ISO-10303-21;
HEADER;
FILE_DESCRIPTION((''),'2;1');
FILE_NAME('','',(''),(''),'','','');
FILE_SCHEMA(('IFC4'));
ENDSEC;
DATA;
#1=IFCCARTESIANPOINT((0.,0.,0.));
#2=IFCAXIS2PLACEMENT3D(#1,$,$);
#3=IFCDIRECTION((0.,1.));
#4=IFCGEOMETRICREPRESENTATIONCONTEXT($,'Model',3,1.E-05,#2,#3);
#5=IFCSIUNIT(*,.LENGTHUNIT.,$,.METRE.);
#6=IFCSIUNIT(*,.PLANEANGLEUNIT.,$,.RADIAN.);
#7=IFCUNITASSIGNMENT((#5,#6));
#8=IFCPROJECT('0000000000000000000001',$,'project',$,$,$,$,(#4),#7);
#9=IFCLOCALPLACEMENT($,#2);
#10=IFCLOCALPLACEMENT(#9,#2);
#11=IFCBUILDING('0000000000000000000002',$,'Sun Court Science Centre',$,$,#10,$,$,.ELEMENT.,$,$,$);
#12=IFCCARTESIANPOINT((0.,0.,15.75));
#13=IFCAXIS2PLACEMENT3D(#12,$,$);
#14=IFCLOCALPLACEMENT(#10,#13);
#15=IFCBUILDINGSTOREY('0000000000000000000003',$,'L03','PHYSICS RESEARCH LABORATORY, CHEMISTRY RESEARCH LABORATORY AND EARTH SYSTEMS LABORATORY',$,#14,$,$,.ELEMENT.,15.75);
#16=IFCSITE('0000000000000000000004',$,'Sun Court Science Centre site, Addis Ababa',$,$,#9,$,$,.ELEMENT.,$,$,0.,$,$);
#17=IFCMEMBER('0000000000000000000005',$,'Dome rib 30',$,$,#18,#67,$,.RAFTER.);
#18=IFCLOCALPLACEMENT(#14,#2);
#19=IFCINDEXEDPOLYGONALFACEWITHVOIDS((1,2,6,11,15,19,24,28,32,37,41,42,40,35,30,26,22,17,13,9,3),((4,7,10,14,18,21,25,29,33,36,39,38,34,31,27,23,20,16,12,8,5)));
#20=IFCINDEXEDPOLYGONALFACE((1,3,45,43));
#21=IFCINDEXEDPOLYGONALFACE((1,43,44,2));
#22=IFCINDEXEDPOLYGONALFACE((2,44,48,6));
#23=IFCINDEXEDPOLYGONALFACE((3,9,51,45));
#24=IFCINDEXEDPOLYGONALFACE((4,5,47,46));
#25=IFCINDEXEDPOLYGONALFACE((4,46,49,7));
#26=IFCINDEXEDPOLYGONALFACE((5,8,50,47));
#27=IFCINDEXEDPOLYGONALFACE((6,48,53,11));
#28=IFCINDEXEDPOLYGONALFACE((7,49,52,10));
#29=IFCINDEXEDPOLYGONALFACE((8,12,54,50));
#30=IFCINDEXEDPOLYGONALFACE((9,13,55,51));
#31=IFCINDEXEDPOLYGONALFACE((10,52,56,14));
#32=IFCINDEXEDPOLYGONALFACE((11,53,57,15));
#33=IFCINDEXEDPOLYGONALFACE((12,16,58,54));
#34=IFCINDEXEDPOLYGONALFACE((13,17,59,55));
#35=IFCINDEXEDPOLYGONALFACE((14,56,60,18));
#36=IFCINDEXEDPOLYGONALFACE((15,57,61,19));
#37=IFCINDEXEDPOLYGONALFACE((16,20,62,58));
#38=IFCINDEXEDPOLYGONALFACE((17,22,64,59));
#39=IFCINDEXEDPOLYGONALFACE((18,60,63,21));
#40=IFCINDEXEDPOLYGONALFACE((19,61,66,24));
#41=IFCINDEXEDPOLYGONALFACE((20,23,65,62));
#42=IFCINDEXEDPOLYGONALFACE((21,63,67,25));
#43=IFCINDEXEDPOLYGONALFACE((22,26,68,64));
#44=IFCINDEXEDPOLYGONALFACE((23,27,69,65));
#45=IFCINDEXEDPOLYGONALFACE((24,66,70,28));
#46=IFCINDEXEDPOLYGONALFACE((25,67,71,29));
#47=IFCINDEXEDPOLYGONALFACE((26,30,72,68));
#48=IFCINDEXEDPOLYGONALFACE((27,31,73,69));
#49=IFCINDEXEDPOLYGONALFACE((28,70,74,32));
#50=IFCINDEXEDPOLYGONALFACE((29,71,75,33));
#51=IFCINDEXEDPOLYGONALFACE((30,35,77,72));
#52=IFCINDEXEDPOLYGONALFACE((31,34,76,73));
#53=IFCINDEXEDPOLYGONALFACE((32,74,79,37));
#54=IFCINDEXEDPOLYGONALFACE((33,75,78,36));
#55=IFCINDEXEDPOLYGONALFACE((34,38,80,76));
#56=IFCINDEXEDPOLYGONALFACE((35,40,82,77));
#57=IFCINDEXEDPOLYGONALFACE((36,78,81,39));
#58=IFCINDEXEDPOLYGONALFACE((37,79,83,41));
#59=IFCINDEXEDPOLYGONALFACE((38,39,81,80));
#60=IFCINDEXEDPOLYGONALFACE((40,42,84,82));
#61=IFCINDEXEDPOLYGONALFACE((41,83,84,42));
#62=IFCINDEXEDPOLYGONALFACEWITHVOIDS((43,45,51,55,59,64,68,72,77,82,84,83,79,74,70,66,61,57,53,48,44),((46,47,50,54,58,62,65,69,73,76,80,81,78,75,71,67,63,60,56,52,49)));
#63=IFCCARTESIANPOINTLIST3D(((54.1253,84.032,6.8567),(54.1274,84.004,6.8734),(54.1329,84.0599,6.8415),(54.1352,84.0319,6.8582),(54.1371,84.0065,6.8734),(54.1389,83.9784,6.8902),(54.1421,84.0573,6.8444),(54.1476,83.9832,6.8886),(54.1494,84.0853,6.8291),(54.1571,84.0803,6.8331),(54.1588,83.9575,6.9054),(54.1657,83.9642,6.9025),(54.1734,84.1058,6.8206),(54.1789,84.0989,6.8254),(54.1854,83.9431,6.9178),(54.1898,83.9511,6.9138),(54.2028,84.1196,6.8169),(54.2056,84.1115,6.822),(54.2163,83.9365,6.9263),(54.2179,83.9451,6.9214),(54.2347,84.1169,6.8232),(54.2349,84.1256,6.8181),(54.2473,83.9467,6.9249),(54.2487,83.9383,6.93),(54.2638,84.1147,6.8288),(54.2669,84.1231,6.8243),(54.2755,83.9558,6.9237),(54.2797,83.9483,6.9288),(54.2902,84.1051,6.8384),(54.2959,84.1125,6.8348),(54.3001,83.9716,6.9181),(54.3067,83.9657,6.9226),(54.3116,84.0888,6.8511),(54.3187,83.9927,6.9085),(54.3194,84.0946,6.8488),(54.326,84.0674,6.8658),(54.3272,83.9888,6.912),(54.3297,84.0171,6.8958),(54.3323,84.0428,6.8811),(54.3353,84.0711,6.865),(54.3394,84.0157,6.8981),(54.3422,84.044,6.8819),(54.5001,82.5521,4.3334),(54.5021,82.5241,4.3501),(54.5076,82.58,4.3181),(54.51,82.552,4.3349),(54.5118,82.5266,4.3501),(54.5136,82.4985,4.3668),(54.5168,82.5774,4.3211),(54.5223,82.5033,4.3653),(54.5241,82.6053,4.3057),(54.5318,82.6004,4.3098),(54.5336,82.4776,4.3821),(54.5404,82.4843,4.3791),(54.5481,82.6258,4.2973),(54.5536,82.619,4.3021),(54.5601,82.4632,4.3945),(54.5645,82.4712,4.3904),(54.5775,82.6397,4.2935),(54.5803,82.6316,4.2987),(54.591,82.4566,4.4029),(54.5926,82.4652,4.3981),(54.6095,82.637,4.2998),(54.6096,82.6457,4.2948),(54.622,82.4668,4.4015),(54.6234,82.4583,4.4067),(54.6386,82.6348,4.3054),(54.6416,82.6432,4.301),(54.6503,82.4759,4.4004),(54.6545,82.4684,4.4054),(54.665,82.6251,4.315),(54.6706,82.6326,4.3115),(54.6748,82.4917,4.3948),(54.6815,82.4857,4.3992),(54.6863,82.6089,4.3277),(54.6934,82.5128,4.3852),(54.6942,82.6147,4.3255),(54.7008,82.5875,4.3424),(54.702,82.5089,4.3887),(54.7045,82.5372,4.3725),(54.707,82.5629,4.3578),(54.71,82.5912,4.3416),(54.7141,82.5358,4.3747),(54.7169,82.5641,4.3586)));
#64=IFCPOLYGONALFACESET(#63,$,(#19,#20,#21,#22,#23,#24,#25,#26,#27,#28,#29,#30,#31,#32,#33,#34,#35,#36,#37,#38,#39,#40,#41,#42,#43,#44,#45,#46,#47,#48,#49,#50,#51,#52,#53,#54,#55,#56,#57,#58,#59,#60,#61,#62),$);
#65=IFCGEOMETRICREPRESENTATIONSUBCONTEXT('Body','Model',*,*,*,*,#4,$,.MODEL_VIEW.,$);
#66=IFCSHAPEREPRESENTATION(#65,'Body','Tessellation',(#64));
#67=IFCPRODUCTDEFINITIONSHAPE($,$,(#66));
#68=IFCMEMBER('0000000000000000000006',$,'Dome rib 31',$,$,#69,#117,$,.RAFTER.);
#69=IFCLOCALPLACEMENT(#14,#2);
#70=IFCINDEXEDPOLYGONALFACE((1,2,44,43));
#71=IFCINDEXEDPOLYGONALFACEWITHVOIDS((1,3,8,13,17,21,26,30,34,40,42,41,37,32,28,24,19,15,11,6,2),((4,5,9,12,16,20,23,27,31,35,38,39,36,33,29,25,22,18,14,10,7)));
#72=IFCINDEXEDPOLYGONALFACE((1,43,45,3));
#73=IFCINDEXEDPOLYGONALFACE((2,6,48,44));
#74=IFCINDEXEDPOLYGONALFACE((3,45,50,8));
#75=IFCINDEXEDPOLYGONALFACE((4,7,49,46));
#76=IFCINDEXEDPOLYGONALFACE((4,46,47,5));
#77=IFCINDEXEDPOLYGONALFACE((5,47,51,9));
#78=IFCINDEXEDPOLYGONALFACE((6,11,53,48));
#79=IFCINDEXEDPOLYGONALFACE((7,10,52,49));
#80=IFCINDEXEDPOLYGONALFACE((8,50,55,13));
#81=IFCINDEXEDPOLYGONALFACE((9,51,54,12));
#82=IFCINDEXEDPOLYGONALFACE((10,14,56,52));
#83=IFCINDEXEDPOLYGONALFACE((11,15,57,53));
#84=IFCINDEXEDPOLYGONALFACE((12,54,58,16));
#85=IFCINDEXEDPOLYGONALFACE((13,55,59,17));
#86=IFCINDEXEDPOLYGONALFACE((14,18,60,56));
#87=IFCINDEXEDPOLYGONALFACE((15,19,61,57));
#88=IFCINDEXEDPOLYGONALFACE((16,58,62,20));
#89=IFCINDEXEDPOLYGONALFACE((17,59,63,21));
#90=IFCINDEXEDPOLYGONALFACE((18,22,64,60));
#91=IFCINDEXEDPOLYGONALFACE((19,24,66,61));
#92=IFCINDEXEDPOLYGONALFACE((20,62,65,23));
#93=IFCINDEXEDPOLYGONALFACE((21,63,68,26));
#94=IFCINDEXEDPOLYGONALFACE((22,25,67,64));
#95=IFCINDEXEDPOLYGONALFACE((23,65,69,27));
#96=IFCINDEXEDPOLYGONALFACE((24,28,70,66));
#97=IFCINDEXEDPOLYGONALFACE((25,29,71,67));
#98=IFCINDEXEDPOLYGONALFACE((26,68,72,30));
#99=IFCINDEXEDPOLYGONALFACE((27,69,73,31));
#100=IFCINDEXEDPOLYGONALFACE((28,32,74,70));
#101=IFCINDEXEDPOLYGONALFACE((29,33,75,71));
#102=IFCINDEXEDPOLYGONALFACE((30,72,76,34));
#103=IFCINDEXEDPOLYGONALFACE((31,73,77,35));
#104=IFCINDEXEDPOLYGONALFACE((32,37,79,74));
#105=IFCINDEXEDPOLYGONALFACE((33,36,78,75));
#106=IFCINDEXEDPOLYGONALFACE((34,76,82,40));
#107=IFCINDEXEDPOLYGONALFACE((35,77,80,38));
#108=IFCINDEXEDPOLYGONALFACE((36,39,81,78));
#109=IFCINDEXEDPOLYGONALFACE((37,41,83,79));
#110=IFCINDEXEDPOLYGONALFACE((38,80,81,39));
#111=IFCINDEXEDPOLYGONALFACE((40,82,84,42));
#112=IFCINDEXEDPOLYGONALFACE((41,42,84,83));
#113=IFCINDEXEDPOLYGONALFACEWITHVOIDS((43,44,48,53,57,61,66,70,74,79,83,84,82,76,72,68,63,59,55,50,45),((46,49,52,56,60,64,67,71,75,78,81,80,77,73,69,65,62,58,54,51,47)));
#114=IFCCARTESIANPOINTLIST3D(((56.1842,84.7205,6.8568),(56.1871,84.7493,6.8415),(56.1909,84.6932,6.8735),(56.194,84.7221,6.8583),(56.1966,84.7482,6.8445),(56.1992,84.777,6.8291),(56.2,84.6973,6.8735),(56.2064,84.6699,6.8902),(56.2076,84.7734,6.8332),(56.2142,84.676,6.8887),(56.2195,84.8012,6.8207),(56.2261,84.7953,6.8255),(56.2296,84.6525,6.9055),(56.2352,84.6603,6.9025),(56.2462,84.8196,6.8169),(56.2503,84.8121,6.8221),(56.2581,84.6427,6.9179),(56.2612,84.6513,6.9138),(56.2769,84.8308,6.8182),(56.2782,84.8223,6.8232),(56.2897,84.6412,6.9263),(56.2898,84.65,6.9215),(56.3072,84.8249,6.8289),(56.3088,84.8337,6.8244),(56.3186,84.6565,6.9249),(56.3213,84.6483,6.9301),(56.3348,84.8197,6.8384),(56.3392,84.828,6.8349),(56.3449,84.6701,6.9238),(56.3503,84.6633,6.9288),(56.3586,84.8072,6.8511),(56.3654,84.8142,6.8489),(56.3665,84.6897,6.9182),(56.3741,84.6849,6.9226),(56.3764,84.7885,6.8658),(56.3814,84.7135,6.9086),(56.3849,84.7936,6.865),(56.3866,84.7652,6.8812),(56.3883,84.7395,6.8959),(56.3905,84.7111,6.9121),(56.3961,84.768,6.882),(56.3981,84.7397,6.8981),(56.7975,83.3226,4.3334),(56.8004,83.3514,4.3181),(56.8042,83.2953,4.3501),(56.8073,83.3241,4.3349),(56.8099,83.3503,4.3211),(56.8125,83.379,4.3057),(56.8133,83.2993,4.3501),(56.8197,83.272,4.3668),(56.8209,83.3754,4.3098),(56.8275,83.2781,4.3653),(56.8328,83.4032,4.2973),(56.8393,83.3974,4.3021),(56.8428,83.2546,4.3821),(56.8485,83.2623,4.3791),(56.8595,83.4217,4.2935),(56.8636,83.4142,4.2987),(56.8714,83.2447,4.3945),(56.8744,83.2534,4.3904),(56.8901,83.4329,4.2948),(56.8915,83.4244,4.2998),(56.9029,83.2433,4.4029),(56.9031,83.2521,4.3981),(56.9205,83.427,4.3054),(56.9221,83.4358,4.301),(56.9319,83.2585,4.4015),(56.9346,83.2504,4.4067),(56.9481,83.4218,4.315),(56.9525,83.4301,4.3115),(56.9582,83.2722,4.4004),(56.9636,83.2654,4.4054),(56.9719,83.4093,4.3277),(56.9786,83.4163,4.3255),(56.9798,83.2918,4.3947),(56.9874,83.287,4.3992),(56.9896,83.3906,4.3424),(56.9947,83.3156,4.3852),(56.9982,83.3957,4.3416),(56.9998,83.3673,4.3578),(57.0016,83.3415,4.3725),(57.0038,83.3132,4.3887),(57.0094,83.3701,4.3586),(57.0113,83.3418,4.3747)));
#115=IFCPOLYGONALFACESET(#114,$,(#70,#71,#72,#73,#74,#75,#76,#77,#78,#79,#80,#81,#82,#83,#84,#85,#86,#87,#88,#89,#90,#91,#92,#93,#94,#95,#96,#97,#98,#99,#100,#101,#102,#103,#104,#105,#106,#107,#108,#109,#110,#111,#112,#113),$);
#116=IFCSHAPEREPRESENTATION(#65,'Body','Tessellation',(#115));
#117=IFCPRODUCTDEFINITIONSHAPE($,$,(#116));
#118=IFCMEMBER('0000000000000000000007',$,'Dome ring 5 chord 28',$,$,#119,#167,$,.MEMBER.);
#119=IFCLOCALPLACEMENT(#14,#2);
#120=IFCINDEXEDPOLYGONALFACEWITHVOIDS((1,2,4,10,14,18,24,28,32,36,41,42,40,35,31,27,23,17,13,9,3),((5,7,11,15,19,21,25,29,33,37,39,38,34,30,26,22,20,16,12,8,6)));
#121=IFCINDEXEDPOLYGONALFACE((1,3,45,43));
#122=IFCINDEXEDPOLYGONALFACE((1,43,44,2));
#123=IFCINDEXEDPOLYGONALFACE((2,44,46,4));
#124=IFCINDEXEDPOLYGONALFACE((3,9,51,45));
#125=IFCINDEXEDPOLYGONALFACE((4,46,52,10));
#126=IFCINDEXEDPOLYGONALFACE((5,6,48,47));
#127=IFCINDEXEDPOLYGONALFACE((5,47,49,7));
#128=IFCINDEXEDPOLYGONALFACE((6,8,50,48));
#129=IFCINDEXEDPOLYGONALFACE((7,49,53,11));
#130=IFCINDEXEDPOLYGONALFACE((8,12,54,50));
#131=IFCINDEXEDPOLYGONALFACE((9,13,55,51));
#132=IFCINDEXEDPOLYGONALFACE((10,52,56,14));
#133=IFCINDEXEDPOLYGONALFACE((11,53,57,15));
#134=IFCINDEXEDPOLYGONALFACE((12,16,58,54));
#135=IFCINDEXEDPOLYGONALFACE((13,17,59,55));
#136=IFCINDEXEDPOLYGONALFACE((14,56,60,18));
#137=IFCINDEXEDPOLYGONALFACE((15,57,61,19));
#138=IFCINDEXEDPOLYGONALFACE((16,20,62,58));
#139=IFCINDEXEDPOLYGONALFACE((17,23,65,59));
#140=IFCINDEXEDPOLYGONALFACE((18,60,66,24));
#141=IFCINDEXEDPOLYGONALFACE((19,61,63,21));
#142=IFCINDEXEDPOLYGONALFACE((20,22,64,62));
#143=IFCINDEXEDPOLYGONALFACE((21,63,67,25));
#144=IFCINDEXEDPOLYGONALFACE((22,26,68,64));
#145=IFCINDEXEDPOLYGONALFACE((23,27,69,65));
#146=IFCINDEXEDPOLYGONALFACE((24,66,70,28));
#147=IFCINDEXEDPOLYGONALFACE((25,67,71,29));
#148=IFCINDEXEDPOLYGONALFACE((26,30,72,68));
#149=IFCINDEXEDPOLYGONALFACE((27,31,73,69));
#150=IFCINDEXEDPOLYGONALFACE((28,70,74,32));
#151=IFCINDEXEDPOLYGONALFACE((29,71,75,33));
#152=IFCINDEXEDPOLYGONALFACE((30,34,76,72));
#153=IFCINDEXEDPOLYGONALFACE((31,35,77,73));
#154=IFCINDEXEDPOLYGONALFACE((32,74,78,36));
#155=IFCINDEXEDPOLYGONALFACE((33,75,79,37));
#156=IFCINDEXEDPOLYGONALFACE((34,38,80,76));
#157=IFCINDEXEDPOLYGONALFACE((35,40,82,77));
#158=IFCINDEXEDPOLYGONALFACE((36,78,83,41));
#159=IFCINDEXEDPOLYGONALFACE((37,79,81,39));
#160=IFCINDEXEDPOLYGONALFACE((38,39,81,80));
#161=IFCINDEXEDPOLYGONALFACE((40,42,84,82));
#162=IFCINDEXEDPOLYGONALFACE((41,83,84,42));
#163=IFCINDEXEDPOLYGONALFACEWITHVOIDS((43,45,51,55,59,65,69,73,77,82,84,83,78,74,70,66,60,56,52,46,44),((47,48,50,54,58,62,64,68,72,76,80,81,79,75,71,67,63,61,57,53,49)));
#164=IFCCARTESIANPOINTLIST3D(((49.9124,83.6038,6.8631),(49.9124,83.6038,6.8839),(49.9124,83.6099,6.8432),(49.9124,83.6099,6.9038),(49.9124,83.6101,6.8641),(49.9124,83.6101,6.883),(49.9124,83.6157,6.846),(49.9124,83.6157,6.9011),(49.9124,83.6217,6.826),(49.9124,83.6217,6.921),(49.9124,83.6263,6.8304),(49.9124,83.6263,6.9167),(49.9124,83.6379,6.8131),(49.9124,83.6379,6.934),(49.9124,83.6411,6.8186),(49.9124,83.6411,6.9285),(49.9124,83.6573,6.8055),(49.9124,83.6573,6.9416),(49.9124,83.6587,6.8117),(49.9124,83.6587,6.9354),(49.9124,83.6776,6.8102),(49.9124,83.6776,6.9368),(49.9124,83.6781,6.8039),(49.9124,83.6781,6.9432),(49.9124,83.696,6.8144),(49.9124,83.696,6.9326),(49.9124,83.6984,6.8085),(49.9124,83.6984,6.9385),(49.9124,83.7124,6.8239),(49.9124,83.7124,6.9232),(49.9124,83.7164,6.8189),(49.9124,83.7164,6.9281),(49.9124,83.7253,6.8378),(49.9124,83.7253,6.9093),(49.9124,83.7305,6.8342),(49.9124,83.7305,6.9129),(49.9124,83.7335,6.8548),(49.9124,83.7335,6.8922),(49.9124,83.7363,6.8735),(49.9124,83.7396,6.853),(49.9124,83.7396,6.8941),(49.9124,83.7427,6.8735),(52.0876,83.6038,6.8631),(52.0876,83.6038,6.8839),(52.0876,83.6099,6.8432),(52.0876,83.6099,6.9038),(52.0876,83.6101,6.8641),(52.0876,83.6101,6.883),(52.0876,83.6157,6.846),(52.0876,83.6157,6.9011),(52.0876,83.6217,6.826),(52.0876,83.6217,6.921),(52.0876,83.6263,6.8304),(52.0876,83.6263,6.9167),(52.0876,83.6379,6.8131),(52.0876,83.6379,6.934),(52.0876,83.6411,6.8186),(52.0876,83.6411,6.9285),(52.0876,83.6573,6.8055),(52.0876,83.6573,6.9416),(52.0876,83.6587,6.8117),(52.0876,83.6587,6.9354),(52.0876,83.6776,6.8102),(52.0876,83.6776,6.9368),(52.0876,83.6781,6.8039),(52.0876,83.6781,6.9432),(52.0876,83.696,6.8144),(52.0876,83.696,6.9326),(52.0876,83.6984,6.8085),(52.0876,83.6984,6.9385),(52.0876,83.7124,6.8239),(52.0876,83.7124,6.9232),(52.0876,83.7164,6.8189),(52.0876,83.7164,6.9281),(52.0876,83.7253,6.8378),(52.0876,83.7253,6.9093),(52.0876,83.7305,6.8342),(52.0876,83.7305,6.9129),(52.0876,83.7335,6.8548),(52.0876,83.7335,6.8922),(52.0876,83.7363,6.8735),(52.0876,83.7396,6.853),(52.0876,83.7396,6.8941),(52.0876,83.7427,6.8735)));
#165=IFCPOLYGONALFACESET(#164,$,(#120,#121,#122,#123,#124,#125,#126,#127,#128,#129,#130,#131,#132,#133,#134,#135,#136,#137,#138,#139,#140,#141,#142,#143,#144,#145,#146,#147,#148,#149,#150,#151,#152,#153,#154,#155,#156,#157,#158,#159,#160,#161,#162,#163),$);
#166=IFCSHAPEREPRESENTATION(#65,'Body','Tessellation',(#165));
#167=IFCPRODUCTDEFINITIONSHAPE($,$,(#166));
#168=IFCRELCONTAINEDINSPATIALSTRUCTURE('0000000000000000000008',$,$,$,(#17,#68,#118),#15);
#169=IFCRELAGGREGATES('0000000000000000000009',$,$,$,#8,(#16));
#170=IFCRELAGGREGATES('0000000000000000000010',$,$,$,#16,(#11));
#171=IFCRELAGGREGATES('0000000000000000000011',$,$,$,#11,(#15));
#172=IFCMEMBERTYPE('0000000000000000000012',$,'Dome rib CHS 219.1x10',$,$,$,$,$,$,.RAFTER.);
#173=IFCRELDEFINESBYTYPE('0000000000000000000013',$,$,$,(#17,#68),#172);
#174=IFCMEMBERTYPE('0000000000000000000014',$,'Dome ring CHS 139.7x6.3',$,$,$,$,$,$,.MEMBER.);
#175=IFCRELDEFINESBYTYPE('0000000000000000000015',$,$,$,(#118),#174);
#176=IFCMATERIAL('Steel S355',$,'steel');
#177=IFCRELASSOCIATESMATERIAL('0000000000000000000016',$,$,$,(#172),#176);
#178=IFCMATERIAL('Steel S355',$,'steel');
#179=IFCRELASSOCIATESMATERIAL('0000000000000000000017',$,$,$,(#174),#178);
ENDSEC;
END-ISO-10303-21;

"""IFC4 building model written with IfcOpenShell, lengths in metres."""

from ifc_helpers import new_model, si_unit, direction, frame, origin, origin_2d, place, context, subcontext, project, spatial, hollow_circle, extrude, material, material_profile, profile_set, type_object, element, save


model = new_model("IFC4")

# Units and contexts
model_context = context("Model", 3, precision=1e-05, world=origin(), true_north=direction((0.0, 1.0)))
body_context = subcontext(model_context, "Body", "Model", "MODEL_VIEW")
ifc_project = project(units=[si_unit("LENGTHUNIT", "METRE"), si_unit("PLANEANGLEUNIT", "RADIAN")], contexts=[model_context])

# Site, building, storey
site_placement = place(None, origin())
site = spatial("IfcSite", under=ifc_project, at=site_placement, Name="Sun Court Science Centre site, Addis Ababa", CompositionType="ELEMENT", RefElevation=0.0)
building_placement = place(site_placement, origin())
building = spatial("IfcBuilding", under=site, at=building_placement, Name="Sun Court Science Centre", CompositionType="ELEMENT")
storey_placement = place(building_placement, frame((0.0, 0.0, 15.75)))
storey = spatial("IfcBuildingStorey", under=building, at=storey_placement, Name="L03", Description="PHYSICS RESEARCH LABORATORY, CHEMISTRY RESEARCH LABORATORY AND EARTH SYSTEMS LABORATORY", CompositionType="ELEMENT", Elevation=15.75)

# Members
ifc_material_1 = material(Name="Steel S355", Category="steel")
ifc_material_profile_1 = material_profile(ifc_material_1, hollow_circle(Radius=0.1096, WallThickness=0.01, at=origin_2d()), Name="CHS 219.1x10")
ifc_profile_set_1 = profile_set([ifc_material_profile_1], Name="Steel S355")
member_type_1 = type_object("IfcMemberType", Name="Dome rib CHS 219.1x10", PredefinedType="RAFTER", material=ifc_profile_set_1)
for number, where, z_axis, x_axis, name in (
    (1, (54.6084, 82.551, 4.3501), (-0.127065, 0.501803, 0.855598), (-0.969404, -0.245469, 0.0), "Dome rib 30"),
    (2, (56.9045, 83.3394, 4.3501), (-0.207944, 0.474001, 0.855618), (-0.915753, -0.401741, 0.0), "Dome rib 31"),
):
    element("IfcMember", number, at=place(storey_placement, frame(where, z_axis=z_axis, x_axis=x_axis)), inside=storey, type_object=member_type_1, Name=name, PredefinedType="RAFTER", context=body_context, shape_type="SweptSolid", body=[
        extrude(hollow_circle(Radius=0.1096, WallThickness=0.01, at=origin_2d()), origin(), (0.0, 0.0, 1.0), 2.9492),
    ])
ifc_material_2 = material(Name="Steel S355", Category="steel")
ifc_material_profile_2 = material_profile(ifc_material_2, hollow_circle(Radius=0.0698, WallThickness=0.0063, at=origin_2d()), Name="CHS 139.7x6.3")
ifc_profile_set_2 = profile_set([ifc_material_profile_2], Name="Steel S355")
member_type_2 = type_object("IfcMemberType", Name="Dome ring CHS 139.7x6.3", PredefinedType="MEMBER", material=ifc_profile_set_2)
member_1_placement = place(storey_placement, frame((49.9124, 83.6729, 6.8735), z_axis=(1.0, 0.0, 0.0), x_axis=(0.0, 1.0, 0.0)))
element("IfcMember", 3, at=member_1_placement, inside=storey, type_object=member_type_2, Name="Dome ring 5 chord 28", PredefinedType="MEMBER", context=body_context, shape_type="SweptSolid", body=[
    extrude(hollow_circle(Radius=0.0698, WallThickness=0.0063, at=origin_2d()), origin(), (0.0, 0.0, 1.0), 2.1753),
])

save(model, "model.ifc")
